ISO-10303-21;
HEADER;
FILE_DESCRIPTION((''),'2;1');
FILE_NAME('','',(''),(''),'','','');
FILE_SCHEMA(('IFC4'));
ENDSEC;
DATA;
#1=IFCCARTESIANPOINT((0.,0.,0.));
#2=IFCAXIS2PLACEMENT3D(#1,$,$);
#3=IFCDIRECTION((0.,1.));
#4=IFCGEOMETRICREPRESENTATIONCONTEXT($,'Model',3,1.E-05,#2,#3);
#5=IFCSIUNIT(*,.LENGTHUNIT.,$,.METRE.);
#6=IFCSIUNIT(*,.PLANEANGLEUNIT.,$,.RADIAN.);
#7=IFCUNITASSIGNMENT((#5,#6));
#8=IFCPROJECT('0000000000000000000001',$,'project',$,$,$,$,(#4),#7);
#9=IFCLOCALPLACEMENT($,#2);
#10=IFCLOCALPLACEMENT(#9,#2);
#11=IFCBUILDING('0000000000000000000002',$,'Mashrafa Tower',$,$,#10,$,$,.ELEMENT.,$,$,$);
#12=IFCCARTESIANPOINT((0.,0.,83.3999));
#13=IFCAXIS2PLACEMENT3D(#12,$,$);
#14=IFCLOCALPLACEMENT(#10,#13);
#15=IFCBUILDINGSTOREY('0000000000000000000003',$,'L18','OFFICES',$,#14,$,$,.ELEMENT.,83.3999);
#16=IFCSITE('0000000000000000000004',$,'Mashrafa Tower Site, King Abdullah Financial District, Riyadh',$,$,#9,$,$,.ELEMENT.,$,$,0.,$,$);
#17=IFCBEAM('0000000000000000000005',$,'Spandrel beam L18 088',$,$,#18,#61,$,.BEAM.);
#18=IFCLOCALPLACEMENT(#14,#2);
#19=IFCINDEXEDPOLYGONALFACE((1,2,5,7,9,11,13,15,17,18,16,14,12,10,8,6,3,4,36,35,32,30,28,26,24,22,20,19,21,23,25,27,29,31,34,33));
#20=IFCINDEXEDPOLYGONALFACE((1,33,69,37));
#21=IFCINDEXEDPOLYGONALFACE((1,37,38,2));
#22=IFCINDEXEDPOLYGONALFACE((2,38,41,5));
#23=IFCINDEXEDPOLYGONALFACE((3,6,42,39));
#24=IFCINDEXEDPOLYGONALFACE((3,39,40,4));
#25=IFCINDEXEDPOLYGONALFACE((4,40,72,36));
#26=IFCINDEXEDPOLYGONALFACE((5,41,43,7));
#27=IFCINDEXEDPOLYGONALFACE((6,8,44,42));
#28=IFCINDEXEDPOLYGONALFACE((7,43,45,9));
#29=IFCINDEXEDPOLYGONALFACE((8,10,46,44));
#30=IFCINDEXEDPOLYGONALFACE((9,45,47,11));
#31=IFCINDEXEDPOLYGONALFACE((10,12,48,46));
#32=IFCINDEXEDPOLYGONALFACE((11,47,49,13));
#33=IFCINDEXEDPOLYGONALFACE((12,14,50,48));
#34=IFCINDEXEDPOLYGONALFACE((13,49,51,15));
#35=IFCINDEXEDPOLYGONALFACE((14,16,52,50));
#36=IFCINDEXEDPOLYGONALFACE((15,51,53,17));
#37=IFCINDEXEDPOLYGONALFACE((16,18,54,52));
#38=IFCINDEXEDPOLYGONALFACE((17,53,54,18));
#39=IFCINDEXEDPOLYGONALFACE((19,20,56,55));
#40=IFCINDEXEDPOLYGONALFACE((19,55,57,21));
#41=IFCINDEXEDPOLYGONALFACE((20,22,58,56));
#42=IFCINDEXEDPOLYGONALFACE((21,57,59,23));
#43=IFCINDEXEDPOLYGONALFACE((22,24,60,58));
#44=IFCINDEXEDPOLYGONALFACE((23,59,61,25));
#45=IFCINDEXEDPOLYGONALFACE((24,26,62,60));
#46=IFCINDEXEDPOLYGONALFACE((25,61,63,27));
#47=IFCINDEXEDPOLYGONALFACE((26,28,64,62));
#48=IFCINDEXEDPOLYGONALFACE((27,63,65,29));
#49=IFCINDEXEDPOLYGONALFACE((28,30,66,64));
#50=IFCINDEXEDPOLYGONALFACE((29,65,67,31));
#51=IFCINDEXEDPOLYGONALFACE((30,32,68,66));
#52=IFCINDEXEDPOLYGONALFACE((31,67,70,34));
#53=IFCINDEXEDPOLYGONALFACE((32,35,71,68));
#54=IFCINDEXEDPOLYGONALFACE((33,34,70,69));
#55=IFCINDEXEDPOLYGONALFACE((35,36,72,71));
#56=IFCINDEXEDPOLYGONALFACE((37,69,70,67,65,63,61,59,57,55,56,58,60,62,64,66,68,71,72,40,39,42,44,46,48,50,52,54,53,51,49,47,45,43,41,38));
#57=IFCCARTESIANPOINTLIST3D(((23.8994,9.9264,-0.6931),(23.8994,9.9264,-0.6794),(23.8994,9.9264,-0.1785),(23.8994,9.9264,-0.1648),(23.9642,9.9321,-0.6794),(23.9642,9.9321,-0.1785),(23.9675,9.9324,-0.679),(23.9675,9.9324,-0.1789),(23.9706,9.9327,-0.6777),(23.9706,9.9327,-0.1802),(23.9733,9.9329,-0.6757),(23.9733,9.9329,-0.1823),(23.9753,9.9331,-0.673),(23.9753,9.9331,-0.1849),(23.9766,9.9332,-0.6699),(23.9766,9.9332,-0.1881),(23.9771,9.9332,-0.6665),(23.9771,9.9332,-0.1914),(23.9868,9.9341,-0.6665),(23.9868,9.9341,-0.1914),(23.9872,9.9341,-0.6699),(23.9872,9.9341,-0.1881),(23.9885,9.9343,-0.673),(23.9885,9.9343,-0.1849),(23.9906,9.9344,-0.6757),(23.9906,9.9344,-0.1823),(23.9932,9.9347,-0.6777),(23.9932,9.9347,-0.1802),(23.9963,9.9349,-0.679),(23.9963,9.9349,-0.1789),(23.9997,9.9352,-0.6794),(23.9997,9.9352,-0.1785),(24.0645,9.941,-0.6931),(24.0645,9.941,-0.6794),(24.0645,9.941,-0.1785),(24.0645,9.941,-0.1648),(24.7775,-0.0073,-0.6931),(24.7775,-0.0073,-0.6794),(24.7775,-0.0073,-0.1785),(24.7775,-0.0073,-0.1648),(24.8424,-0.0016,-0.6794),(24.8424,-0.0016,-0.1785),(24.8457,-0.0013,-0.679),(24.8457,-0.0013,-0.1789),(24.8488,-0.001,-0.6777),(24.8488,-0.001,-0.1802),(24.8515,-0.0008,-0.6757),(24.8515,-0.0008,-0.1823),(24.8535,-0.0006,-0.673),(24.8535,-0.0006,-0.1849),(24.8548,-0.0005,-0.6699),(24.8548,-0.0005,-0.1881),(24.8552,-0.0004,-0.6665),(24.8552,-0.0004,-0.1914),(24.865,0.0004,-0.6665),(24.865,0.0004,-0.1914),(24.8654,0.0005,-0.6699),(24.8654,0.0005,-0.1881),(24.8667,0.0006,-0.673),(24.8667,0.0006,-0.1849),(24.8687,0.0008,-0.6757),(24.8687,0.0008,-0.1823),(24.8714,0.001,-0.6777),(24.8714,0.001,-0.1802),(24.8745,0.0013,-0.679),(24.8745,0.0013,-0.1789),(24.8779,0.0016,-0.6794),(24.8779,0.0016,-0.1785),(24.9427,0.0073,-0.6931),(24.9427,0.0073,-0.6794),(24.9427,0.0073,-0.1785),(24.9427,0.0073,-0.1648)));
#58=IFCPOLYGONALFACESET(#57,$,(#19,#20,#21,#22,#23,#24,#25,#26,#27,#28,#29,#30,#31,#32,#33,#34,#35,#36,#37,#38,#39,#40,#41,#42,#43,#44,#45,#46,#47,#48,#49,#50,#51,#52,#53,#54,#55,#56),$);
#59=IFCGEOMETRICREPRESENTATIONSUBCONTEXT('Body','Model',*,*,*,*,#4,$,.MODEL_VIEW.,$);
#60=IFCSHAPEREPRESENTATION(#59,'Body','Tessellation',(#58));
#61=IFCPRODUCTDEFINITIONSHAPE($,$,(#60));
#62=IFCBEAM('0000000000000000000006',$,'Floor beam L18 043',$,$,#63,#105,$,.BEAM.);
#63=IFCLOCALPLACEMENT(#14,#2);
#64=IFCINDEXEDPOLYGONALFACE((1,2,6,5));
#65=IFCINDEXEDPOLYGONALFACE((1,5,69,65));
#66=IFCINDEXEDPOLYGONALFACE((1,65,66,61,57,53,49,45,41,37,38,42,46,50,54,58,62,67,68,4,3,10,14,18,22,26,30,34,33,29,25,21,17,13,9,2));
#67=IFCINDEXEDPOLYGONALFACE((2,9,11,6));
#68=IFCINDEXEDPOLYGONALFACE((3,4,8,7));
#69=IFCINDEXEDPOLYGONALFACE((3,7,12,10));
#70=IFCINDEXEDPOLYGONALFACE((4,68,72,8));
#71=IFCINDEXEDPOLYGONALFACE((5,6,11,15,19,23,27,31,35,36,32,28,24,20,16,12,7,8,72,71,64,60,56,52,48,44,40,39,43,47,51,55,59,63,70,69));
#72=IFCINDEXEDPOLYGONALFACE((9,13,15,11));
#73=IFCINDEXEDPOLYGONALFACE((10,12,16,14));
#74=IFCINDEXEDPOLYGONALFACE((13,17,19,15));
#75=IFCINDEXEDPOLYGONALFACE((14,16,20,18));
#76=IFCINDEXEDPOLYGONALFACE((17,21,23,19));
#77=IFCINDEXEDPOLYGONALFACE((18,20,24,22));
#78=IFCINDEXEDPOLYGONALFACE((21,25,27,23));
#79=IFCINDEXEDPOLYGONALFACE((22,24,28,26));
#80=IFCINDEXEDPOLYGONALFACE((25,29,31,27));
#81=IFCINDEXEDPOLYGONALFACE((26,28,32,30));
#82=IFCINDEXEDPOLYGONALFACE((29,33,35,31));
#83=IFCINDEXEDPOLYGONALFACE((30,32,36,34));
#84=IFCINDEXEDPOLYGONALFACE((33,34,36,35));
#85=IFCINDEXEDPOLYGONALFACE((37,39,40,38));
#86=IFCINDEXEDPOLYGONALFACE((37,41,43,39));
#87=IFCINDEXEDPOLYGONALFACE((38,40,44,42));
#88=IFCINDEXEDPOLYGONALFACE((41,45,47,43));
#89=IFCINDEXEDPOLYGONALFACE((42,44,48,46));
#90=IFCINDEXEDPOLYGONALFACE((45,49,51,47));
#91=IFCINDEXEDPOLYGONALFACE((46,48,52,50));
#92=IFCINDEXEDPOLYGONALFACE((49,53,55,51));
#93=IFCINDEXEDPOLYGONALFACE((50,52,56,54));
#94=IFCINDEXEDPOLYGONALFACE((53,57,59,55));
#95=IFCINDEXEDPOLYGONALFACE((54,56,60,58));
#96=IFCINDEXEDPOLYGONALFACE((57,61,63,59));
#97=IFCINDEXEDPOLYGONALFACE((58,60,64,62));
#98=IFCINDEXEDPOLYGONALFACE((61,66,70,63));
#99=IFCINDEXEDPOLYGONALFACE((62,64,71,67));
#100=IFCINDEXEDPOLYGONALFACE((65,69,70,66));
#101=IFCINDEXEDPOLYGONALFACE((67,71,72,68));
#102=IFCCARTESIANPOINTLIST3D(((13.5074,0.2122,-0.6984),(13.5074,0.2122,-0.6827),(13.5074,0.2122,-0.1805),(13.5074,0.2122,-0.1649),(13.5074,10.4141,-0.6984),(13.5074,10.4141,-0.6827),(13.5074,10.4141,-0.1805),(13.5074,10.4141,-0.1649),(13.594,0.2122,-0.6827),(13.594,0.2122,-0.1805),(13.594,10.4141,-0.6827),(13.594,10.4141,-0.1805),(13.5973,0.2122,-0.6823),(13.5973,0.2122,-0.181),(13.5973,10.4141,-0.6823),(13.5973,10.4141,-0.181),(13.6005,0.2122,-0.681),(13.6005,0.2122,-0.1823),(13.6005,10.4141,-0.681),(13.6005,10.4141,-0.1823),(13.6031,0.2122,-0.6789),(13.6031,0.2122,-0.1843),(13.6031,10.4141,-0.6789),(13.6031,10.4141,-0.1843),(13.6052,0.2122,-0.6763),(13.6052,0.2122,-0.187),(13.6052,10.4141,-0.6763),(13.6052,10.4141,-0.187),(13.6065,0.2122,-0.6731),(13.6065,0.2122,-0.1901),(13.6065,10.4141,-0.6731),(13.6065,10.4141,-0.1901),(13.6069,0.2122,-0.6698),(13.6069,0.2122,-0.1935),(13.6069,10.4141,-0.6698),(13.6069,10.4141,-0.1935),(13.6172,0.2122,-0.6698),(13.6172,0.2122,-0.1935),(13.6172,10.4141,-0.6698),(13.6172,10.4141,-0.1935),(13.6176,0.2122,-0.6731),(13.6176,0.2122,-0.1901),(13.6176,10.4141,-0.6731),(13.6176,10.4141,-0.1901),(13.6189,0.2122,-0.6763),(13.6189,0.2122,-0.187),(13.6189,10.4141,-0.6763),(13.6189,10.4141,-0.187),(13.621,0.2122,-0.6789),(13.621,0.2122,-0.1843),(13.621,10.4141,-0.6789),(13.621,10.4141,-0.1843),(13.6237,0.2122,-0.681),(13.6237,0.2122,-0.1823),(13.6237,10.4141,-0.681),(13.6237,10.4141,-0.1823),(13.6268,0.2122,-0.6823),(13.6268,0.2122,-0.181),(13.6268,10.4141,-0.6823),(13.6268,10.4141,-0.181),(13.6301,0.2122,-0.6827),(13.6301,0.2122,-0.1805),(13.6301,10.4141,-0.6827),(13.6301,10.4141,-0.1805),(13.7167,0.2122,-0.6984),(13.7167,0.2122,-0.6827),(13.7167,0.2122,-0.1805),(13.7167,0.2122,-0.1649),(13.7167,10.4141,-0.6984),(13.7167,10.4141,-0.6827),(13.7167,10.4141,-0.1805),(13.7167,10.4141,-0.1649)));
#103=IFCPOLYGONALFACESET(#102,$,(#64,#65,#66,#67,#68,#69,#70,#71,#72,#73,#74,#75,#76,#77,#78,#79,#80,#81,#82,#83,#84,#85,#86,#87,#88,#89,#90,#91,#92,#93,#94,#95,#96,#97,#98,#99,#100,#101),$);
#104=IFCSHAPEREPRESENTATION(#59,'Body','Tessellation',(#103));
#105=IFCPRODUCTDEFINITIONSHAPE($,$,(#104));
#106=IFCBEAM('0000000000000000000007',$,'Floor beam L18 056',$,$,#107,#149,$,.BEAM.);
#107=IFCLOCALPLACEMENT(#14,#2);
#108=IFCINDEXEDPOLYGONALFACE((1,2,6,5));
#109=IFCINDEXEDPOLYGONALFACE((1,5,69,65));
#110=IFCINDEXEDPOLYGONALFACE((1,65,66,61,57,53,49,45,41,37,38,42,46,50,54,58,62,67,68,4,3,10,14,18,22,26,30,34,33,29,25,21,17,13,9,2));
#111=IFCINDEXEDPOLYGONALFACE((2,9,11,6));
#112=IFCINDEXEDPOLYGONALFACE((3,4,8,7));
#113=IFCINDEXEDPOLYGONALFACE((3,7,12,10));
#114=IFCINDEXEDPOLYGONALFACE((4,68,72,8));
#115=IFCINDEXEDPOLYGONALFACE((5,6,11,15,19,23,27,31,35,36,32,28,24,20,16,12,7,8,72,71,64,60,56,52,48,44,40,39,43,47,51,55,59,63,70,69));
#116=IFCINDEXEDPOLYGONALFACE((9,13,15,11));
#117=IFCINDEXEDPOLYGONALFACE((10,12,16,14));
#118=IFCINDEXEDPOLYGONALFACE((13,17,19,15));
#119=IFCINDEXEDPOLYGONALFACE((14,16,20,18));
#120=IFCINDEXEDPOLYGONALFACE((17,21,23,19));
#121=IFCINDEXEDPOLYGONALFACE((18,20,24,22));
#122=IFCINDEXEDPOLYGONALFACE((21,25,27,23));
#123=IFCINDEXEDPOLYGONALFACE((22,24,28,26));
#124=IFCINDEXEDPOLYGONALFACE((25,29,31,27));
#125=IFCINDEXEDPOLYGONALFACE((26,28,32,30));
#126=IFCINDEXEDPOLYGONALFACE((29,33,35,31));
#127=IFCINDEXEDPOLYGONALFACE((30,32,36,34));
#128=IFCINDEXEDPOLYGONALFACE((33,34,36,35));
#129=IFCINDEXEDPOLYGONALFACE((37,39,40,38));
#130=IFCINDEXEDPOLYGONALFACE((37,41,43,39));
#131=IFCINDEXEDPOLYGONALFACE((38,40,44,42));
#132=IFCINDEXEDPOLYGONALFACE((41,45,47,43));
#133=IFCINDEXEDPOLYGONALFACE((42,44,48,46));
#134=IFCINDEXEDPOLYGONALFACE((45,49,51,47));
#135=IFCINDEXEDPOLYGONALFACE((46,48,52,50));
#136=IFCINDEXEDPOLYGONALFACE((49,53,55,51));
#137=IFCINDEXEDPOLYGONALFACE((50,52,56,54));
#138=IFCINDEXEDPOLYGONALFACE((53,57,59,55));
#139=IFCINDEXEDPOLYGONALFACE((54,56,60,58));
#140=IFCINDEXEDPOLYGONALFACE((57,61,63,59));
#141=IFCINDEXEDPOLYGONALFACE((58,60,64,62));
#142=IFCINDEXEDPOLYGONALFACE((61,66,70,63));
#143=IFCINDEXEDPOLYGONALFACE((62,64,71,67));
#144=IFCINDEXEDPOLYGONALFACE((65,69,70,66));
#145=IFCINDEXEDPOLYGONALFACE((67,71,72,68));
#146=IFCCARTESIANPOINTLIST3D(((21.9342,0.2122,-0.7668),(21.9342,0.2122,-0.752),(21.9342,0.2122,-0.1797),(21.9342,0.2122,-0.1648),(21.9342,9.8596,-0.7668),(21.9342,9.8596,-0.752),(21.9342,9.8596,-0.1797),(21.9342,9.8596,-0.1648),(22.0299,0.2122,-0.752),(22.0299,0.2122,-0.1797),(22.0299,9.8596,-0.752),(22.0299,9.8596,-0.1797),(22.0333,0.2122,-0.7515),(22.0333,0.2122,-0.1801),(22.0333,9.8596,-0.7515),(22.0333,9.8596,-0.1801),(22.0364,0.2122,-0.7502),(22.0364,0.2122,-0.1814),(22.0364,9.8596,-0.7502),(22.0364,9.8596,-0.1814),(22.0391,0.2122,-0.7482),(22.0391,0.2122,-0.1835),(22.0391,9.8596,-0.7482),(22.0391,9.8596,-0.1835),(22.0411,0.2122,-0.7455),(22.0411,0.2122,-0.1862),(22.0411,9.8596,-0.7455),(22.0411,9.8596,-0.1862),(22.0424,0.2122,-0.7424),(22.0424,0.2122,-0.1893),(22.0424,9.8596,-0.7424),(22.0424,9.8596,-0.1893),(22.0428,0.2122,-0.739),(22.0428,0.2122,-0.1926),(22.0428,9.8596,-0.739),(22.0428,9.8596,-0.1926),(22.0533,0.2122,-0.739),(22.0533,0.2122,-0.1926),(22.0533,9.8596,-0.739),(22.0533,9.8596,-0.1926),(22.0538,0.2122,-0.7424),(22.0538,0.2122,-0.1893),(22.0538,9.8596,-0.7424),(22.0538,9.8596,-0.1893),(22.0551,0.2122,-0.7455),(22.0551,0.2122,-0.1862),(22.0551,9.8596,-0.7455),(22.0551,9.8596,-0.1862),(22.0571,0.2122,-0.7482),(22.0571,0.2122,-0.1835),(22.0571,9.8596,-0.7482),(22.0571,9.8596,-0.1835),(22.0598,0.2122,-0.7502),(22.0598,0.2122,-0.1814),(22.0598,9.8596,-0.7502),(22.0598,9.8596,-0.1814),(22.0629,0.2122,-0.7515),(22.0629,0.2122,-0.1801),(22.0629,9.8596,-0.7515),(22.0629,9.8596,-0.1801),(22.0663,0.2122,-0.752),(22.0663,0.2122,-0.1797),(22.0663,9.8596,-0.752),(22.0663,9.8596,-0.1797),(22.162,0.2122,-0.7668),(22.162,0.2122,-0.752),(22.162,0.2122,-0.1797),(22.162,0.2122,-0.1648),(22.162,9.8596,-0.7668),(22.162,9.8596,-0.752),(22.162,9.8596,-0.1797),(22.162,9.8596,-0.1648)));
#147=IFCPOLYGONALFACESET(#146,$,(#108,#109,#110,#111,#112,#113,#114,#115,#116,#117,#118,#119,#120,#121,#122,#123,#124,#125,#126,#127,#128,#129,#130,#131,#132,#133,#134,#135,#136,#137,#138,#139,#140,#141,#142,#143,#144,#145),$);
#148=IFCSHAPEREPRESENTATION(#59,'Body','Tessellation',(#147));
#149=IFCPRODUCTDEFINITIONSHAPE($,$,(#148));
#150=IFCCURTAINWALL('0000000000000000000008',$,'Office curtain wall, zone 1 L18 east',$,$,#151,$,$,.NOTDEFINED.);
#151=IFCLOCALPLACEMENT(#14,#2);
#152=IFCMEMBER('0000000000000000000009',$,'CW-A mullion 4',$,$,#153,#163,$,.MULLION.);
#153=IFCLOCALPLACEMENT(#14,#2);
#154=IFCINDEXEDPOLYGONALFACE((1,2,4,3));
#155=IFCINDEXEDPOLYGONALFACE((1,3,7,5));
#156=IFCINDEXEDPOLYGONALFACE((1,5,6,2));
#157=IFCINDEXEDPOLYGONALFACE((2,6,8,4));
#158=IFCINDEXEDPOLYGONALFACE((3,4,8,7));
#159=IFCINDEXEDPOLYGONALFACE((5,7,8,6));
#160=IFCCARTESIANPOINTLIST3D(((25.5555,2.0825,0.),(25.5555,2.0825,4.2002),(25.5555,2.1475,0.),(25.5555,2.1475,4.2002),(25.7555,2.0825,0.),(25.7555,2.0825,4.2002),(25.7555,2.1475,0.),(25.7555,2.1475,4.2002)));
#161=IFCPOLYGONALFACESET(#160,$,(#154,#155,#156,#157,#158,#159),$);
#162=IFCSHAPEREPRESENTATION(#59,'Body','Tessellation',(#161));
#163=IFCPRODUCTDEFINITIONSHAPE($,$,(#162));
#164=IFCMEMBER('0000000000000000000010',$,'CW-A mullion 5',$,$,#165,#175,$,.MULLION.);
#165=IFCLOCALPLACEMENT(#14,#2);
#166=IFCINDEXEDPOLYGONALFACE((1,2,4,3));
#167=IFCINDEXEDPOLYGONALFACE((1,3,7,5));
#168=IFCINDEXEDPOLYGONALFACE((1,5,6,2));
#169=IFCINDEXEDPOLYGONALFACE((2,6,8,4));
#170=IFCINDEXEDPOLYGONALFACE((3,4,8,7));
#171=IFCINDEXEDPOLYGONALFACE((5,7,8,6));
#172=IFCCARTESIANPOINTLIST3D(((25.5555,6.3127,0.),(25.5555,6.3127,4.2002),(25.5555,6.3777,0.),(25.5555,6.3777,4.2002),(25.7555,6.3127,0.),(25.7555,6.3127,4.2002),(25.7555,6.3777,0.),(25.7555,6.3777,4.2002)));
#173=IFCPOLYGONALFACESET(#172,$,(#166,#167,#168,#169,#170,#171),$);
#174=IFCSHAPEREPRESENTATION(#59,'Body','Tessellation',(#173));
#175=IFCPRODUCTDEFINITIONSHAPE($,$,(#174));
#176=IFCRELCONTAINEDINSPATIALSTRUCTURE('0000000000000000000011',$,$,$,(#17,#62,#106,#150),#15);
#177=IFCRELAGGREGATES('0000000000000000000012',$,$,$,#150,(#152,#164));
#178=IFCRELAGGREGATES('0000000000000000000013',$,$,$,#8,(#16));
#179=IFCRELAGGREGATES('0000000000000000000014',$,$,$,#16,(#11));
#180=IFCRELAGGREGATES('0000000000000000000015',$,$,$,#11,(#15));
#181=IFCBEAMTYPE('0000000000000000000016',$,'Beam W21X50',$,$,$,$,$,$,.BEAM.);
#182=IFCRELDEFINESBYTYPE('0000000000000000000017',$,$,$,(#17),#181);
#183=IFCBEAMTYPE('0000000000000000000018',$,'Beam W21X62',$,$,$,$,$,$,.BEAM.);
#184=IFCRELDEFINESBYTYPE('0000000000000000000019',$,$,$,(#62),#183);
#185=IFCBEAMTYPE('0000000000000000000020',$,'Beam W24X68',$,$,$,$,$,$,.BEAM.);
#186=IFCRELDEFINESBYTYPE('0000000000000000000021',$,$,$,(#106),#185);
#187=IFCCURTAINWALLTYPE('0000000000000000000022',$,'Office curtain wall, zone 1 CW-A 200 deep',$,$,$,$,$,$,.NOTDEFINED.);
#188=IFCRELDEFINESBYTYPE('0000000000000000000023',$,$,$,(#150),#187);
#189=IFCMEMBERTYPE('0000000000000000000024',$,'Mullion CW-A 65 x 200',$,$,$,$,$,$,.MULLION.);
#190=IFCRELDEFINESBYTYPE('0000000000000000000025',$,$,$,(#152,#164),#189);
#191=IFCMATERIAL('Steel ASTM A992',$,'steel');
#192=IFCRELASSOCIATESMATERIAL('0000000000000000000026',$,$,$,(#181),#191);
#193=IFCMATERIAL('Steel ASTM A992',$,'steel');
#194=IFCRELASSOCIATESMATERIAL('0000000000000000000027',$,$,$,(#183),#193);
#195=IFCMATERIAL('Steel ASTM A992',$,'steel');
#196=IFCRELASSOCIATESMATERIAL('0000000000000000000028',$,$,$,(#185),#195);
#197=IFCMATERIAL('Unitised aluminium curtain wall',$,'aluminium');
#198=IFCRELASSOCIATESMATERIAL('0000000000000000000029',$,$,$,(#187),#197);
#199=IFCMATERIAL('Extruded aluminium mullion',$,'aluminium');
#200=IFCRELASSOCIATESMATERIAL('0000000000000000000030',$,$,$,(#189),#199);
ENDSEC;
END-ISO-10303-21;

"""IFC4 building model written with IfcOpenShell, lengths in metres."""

from ifc_helpers import new_model, si_unit, direction, frame, origin, origin_2d, place, context, subcontext, project, spatial, rectangle, i_section, extrude, source, transform, mapped, material, material_profile, profile_set, type_object, type_shapes, element, aggregate, save


model = new_model("IFC4")

# Units and contexts
model_context = context("Model", 3, precision=1e-05, world=origin(), true_north=direction((0.0, 1.0)))
body_context = subcontext(model_context, "Body", "Model", "MODEL_VIEW")
ifc_project = project(units=[si_unit("LENGTHUNIT", "METRE"), si_unit("PLANEANGLEUNIT", "RADIAN")], contexts=[model_context])

# Site, building, storey
site_placement = place(None, origin())
site = spatial("IfcSite", under=ifc_project, at=site_placement, Name="Mashrafa Tower Site, King Abdullah Financial District, Riyadh", CompositionType="ELEMENT", RefElevation=0.0)
building_placement = place(site_placement, origin())
building = spatial("IfcBuilding", under=site, at=building_placement, Name="Mashrafa Tower", CompositionType="ELEMENT")
storey_placement = place(building_placement, frame((0.0, 0.0, 83.3999)))
storey = spatial("IfcBuildingStorey", under=building, at=storey_placement, Name="L18", Description="OFFICES", CompositionType="ELEMENT", Elevation=83.3999)

# Beams
ifc_material_1 = material(Name="Steel ASTM A992", Category="steel")
ifc_material_profile_1 = material_profile(ifc_material_1, i_section(OverallWidth=0.1658, OverallDepth=0.5283, WebThickness=0.0098, FlangeThickness=0.0137, FilletRadius=0.0129, at=origin_2d()), Name="W21X50")
ifc_profile_set_1 = profile_set([ifc_material_profile_1], Name="Steel ASTM A992")
beam_type_1 = type_object("IfcBeamType", Name="Beam W21X50", PredefinedType="BEAM", material=ifc_profile_set_1)
for number, where, z_axis, x_axis, name in (
    (1, (24.8601, 0.0, -0.429), (-0.088061, 0.996115, 0.0), (-0.996115, -0.088061, 0.0), "Spandrel beam L18 088"),
):
    element("IfcBeam", number, at=place(storey_placement, frame(where, z_axis=z_axis, x_axis=x_axis)), inside=storey, type_object=beam_type_1, Name=name, PredefinedType="BEAM", context=body_context, shape_type="SweptSolid", body=[
        extrude(i_section(OverallWidth=0.1658, OverallDepth=0.5283, WebThickness=0.0098, FlangeThickness=0.0137, FilletRadius=0.0129, at=origin_2d()), origin(), (0.0, 0.0, 1.0), 9.9724),
    ])
ifc_material_2 = material(Name="Steel ASTM A992", Category="steel")
ifc_material_profile_2 = material_profile(ifc_material_2, i_section(OverallWidth=0.2092, OverallDepth=0.5334, WebThickness=0.0103, FlangeThickness=0.0156, FilletRadius=0.0129, at=origin_2d()), Name="W21X62")
ifc_profile_set_2 = profile_set([ifc_material_profile_2], Name="Steel ASTM A992")
beam_type_2 = type_object("IfcBeamType", Name="Beam W21X62", PredefinedType="BEAM", material=ifc_profile_set_2)
beam_1_placement = place(storey_placement, frame((13.6121, 10.4141, -0.4316), z_axis=(0.0, -1.0, 0.0), x_axis=(1.0, 0.0, 0.0)))
element("IfcBeam", 2, at=beam_1_placement, inside=storey, type_object=beam_type_2, Name="Floor beam L18 043", PredefinedType="BEAM", context=body_context, shape_type="SweptSolid", body=[
    extrude(i_section(OverallWidth=0.2092, OverallDepth=0.5334, WebThickness=0.0103, FlangeThickness=0.0156, FilletRadius=0.0129, at=origin_2d()), origin(), (0.0, 0.0, 1.0), 10.2019),
])
ifc_material_3 = material(Name="Steel ASTM A992", Category="steel")
ifc_material_profile_3 = material_profile(ifc_material_3, i_section(OverallWidth=0.2278, OverallDepth=0.6021, WebThickness=0.0105, FlangeThickness=0.0149, FilletRadius=0.0129, at=origin_2d()), Name="W24X68")
ifc_profile_set_3 = profile_set([ifc_material_profile_3], Name="Steel ASTM A992")
beam_type_3 = type_object("IfcBeamType", Name="Beam W24X68", PredefinedType="BEAM", material=ifc_profile_set_3)
beam_2_placement = place(storey_placement, frame((22.0481, 9.8596, -0.4658), z_axis=(0.0, -1.0, 0.0), x_axis=(1.0, 0.0, 0.0)))
element("IfcBeam", 3, at=beam_2_placement, inside=storey, type_object=beam_type_3, Name="Floor beam L18 056", PredefinedType="BEAM", context=body_context, shape_type="SweptSolid", body=[
    extrude(i_section(OverallWidth=0.2278, OverallDepth=0.6021, WebThickness=0.0105, FlangeThickness=0.0149, FilletRadius=0.0129, at=origin_2d()), origin(), (0.0, 0.0, 1.0), 9.6475),
])

# Curtain wall, members
ifc_material_4 = material(Name="Unitised aluminium curtain wall", Category="aluminium")
curtain_wall_type = type_object("IfcCurtainWallType", Name="Office curtain wall, zone 1 CW-A 200 deep", PredefinedType="NOTDEFINED", material=ifc_material_4)
curtain_wall_placement = place(storey_placement, origin())
curtain_wall = element("IfcCurtainWall", 4, at=curtain_wall_placement, inside=storey, type_object=curtain_wall_type, Name="Office curtain wall, zone 1 L18 east", PredefinedType="NOTDEFINED")
ifc_material_5 = material(Name="Extruded aluminium mullion", Category="aluminium")
ifc_material_profile_4 = material_profile(ifc_material_5, rectangle(XDim=0.2, YDim=0.0649, at=origin_2d()), Name="Mullion 65x200")
ifc_profile_set_4 = profile_set([ifc_material_profile_4], Name="Extruded aluminium mullion")
member_type_1 = type_object("IfcMemberType", Name="Mullion CW-A 65 x 200", PredefinedType="MULLION", material=ifc_profile_set_4)
shared_shape_1 = source(origin(), body_context, "Body", "SweptSolid", [
    extrude(rectangle(XDim=0.2, YDim=0.0649, at=origin_2d()), origin(), (0.0, 0.0, 1.0), 4.2002),
])
type_shapes(member_type_1, [shared_shape_1])
member_1_placement = place(storey_placement, frame((25.6555, 2.115, 0.0), z_axis=(0.0, 0.0, 1.0), x_axis=(-1.0, 0.0, 0.0)))
member_1 = element("IfcMember", 5, at=member_1_placement, type_object=member_type_1, Name="CW-A mullion 4", PredefinedType="MULLION", context=body_context, shape_type="MappedRepresentation", body=[
    mapped(shared_shape_1, transform((0.0, 0.0, 0.0))),
])
member_2_placement = place(storey_placement, frame((25.6555, 6.3452, 0.0), z_axis=(0.0, 0.0, 1.0), x_axis=(-1.0, 0.0, 0.0)))
member_2 = element("IfcMember", 6, at=member_2_placement, type_object=member_type_1, Name="CW-A mullion 5", PredefinedType="MULLION", context=body_context, shape_type="MappedRepresentation", body=[
    mapped(shared_shape_1, transform((0.0, 0.0, 0.0))),
])
aggregate(curtain_wall, [member_1, member_2])

save(model, "model.ifc")
